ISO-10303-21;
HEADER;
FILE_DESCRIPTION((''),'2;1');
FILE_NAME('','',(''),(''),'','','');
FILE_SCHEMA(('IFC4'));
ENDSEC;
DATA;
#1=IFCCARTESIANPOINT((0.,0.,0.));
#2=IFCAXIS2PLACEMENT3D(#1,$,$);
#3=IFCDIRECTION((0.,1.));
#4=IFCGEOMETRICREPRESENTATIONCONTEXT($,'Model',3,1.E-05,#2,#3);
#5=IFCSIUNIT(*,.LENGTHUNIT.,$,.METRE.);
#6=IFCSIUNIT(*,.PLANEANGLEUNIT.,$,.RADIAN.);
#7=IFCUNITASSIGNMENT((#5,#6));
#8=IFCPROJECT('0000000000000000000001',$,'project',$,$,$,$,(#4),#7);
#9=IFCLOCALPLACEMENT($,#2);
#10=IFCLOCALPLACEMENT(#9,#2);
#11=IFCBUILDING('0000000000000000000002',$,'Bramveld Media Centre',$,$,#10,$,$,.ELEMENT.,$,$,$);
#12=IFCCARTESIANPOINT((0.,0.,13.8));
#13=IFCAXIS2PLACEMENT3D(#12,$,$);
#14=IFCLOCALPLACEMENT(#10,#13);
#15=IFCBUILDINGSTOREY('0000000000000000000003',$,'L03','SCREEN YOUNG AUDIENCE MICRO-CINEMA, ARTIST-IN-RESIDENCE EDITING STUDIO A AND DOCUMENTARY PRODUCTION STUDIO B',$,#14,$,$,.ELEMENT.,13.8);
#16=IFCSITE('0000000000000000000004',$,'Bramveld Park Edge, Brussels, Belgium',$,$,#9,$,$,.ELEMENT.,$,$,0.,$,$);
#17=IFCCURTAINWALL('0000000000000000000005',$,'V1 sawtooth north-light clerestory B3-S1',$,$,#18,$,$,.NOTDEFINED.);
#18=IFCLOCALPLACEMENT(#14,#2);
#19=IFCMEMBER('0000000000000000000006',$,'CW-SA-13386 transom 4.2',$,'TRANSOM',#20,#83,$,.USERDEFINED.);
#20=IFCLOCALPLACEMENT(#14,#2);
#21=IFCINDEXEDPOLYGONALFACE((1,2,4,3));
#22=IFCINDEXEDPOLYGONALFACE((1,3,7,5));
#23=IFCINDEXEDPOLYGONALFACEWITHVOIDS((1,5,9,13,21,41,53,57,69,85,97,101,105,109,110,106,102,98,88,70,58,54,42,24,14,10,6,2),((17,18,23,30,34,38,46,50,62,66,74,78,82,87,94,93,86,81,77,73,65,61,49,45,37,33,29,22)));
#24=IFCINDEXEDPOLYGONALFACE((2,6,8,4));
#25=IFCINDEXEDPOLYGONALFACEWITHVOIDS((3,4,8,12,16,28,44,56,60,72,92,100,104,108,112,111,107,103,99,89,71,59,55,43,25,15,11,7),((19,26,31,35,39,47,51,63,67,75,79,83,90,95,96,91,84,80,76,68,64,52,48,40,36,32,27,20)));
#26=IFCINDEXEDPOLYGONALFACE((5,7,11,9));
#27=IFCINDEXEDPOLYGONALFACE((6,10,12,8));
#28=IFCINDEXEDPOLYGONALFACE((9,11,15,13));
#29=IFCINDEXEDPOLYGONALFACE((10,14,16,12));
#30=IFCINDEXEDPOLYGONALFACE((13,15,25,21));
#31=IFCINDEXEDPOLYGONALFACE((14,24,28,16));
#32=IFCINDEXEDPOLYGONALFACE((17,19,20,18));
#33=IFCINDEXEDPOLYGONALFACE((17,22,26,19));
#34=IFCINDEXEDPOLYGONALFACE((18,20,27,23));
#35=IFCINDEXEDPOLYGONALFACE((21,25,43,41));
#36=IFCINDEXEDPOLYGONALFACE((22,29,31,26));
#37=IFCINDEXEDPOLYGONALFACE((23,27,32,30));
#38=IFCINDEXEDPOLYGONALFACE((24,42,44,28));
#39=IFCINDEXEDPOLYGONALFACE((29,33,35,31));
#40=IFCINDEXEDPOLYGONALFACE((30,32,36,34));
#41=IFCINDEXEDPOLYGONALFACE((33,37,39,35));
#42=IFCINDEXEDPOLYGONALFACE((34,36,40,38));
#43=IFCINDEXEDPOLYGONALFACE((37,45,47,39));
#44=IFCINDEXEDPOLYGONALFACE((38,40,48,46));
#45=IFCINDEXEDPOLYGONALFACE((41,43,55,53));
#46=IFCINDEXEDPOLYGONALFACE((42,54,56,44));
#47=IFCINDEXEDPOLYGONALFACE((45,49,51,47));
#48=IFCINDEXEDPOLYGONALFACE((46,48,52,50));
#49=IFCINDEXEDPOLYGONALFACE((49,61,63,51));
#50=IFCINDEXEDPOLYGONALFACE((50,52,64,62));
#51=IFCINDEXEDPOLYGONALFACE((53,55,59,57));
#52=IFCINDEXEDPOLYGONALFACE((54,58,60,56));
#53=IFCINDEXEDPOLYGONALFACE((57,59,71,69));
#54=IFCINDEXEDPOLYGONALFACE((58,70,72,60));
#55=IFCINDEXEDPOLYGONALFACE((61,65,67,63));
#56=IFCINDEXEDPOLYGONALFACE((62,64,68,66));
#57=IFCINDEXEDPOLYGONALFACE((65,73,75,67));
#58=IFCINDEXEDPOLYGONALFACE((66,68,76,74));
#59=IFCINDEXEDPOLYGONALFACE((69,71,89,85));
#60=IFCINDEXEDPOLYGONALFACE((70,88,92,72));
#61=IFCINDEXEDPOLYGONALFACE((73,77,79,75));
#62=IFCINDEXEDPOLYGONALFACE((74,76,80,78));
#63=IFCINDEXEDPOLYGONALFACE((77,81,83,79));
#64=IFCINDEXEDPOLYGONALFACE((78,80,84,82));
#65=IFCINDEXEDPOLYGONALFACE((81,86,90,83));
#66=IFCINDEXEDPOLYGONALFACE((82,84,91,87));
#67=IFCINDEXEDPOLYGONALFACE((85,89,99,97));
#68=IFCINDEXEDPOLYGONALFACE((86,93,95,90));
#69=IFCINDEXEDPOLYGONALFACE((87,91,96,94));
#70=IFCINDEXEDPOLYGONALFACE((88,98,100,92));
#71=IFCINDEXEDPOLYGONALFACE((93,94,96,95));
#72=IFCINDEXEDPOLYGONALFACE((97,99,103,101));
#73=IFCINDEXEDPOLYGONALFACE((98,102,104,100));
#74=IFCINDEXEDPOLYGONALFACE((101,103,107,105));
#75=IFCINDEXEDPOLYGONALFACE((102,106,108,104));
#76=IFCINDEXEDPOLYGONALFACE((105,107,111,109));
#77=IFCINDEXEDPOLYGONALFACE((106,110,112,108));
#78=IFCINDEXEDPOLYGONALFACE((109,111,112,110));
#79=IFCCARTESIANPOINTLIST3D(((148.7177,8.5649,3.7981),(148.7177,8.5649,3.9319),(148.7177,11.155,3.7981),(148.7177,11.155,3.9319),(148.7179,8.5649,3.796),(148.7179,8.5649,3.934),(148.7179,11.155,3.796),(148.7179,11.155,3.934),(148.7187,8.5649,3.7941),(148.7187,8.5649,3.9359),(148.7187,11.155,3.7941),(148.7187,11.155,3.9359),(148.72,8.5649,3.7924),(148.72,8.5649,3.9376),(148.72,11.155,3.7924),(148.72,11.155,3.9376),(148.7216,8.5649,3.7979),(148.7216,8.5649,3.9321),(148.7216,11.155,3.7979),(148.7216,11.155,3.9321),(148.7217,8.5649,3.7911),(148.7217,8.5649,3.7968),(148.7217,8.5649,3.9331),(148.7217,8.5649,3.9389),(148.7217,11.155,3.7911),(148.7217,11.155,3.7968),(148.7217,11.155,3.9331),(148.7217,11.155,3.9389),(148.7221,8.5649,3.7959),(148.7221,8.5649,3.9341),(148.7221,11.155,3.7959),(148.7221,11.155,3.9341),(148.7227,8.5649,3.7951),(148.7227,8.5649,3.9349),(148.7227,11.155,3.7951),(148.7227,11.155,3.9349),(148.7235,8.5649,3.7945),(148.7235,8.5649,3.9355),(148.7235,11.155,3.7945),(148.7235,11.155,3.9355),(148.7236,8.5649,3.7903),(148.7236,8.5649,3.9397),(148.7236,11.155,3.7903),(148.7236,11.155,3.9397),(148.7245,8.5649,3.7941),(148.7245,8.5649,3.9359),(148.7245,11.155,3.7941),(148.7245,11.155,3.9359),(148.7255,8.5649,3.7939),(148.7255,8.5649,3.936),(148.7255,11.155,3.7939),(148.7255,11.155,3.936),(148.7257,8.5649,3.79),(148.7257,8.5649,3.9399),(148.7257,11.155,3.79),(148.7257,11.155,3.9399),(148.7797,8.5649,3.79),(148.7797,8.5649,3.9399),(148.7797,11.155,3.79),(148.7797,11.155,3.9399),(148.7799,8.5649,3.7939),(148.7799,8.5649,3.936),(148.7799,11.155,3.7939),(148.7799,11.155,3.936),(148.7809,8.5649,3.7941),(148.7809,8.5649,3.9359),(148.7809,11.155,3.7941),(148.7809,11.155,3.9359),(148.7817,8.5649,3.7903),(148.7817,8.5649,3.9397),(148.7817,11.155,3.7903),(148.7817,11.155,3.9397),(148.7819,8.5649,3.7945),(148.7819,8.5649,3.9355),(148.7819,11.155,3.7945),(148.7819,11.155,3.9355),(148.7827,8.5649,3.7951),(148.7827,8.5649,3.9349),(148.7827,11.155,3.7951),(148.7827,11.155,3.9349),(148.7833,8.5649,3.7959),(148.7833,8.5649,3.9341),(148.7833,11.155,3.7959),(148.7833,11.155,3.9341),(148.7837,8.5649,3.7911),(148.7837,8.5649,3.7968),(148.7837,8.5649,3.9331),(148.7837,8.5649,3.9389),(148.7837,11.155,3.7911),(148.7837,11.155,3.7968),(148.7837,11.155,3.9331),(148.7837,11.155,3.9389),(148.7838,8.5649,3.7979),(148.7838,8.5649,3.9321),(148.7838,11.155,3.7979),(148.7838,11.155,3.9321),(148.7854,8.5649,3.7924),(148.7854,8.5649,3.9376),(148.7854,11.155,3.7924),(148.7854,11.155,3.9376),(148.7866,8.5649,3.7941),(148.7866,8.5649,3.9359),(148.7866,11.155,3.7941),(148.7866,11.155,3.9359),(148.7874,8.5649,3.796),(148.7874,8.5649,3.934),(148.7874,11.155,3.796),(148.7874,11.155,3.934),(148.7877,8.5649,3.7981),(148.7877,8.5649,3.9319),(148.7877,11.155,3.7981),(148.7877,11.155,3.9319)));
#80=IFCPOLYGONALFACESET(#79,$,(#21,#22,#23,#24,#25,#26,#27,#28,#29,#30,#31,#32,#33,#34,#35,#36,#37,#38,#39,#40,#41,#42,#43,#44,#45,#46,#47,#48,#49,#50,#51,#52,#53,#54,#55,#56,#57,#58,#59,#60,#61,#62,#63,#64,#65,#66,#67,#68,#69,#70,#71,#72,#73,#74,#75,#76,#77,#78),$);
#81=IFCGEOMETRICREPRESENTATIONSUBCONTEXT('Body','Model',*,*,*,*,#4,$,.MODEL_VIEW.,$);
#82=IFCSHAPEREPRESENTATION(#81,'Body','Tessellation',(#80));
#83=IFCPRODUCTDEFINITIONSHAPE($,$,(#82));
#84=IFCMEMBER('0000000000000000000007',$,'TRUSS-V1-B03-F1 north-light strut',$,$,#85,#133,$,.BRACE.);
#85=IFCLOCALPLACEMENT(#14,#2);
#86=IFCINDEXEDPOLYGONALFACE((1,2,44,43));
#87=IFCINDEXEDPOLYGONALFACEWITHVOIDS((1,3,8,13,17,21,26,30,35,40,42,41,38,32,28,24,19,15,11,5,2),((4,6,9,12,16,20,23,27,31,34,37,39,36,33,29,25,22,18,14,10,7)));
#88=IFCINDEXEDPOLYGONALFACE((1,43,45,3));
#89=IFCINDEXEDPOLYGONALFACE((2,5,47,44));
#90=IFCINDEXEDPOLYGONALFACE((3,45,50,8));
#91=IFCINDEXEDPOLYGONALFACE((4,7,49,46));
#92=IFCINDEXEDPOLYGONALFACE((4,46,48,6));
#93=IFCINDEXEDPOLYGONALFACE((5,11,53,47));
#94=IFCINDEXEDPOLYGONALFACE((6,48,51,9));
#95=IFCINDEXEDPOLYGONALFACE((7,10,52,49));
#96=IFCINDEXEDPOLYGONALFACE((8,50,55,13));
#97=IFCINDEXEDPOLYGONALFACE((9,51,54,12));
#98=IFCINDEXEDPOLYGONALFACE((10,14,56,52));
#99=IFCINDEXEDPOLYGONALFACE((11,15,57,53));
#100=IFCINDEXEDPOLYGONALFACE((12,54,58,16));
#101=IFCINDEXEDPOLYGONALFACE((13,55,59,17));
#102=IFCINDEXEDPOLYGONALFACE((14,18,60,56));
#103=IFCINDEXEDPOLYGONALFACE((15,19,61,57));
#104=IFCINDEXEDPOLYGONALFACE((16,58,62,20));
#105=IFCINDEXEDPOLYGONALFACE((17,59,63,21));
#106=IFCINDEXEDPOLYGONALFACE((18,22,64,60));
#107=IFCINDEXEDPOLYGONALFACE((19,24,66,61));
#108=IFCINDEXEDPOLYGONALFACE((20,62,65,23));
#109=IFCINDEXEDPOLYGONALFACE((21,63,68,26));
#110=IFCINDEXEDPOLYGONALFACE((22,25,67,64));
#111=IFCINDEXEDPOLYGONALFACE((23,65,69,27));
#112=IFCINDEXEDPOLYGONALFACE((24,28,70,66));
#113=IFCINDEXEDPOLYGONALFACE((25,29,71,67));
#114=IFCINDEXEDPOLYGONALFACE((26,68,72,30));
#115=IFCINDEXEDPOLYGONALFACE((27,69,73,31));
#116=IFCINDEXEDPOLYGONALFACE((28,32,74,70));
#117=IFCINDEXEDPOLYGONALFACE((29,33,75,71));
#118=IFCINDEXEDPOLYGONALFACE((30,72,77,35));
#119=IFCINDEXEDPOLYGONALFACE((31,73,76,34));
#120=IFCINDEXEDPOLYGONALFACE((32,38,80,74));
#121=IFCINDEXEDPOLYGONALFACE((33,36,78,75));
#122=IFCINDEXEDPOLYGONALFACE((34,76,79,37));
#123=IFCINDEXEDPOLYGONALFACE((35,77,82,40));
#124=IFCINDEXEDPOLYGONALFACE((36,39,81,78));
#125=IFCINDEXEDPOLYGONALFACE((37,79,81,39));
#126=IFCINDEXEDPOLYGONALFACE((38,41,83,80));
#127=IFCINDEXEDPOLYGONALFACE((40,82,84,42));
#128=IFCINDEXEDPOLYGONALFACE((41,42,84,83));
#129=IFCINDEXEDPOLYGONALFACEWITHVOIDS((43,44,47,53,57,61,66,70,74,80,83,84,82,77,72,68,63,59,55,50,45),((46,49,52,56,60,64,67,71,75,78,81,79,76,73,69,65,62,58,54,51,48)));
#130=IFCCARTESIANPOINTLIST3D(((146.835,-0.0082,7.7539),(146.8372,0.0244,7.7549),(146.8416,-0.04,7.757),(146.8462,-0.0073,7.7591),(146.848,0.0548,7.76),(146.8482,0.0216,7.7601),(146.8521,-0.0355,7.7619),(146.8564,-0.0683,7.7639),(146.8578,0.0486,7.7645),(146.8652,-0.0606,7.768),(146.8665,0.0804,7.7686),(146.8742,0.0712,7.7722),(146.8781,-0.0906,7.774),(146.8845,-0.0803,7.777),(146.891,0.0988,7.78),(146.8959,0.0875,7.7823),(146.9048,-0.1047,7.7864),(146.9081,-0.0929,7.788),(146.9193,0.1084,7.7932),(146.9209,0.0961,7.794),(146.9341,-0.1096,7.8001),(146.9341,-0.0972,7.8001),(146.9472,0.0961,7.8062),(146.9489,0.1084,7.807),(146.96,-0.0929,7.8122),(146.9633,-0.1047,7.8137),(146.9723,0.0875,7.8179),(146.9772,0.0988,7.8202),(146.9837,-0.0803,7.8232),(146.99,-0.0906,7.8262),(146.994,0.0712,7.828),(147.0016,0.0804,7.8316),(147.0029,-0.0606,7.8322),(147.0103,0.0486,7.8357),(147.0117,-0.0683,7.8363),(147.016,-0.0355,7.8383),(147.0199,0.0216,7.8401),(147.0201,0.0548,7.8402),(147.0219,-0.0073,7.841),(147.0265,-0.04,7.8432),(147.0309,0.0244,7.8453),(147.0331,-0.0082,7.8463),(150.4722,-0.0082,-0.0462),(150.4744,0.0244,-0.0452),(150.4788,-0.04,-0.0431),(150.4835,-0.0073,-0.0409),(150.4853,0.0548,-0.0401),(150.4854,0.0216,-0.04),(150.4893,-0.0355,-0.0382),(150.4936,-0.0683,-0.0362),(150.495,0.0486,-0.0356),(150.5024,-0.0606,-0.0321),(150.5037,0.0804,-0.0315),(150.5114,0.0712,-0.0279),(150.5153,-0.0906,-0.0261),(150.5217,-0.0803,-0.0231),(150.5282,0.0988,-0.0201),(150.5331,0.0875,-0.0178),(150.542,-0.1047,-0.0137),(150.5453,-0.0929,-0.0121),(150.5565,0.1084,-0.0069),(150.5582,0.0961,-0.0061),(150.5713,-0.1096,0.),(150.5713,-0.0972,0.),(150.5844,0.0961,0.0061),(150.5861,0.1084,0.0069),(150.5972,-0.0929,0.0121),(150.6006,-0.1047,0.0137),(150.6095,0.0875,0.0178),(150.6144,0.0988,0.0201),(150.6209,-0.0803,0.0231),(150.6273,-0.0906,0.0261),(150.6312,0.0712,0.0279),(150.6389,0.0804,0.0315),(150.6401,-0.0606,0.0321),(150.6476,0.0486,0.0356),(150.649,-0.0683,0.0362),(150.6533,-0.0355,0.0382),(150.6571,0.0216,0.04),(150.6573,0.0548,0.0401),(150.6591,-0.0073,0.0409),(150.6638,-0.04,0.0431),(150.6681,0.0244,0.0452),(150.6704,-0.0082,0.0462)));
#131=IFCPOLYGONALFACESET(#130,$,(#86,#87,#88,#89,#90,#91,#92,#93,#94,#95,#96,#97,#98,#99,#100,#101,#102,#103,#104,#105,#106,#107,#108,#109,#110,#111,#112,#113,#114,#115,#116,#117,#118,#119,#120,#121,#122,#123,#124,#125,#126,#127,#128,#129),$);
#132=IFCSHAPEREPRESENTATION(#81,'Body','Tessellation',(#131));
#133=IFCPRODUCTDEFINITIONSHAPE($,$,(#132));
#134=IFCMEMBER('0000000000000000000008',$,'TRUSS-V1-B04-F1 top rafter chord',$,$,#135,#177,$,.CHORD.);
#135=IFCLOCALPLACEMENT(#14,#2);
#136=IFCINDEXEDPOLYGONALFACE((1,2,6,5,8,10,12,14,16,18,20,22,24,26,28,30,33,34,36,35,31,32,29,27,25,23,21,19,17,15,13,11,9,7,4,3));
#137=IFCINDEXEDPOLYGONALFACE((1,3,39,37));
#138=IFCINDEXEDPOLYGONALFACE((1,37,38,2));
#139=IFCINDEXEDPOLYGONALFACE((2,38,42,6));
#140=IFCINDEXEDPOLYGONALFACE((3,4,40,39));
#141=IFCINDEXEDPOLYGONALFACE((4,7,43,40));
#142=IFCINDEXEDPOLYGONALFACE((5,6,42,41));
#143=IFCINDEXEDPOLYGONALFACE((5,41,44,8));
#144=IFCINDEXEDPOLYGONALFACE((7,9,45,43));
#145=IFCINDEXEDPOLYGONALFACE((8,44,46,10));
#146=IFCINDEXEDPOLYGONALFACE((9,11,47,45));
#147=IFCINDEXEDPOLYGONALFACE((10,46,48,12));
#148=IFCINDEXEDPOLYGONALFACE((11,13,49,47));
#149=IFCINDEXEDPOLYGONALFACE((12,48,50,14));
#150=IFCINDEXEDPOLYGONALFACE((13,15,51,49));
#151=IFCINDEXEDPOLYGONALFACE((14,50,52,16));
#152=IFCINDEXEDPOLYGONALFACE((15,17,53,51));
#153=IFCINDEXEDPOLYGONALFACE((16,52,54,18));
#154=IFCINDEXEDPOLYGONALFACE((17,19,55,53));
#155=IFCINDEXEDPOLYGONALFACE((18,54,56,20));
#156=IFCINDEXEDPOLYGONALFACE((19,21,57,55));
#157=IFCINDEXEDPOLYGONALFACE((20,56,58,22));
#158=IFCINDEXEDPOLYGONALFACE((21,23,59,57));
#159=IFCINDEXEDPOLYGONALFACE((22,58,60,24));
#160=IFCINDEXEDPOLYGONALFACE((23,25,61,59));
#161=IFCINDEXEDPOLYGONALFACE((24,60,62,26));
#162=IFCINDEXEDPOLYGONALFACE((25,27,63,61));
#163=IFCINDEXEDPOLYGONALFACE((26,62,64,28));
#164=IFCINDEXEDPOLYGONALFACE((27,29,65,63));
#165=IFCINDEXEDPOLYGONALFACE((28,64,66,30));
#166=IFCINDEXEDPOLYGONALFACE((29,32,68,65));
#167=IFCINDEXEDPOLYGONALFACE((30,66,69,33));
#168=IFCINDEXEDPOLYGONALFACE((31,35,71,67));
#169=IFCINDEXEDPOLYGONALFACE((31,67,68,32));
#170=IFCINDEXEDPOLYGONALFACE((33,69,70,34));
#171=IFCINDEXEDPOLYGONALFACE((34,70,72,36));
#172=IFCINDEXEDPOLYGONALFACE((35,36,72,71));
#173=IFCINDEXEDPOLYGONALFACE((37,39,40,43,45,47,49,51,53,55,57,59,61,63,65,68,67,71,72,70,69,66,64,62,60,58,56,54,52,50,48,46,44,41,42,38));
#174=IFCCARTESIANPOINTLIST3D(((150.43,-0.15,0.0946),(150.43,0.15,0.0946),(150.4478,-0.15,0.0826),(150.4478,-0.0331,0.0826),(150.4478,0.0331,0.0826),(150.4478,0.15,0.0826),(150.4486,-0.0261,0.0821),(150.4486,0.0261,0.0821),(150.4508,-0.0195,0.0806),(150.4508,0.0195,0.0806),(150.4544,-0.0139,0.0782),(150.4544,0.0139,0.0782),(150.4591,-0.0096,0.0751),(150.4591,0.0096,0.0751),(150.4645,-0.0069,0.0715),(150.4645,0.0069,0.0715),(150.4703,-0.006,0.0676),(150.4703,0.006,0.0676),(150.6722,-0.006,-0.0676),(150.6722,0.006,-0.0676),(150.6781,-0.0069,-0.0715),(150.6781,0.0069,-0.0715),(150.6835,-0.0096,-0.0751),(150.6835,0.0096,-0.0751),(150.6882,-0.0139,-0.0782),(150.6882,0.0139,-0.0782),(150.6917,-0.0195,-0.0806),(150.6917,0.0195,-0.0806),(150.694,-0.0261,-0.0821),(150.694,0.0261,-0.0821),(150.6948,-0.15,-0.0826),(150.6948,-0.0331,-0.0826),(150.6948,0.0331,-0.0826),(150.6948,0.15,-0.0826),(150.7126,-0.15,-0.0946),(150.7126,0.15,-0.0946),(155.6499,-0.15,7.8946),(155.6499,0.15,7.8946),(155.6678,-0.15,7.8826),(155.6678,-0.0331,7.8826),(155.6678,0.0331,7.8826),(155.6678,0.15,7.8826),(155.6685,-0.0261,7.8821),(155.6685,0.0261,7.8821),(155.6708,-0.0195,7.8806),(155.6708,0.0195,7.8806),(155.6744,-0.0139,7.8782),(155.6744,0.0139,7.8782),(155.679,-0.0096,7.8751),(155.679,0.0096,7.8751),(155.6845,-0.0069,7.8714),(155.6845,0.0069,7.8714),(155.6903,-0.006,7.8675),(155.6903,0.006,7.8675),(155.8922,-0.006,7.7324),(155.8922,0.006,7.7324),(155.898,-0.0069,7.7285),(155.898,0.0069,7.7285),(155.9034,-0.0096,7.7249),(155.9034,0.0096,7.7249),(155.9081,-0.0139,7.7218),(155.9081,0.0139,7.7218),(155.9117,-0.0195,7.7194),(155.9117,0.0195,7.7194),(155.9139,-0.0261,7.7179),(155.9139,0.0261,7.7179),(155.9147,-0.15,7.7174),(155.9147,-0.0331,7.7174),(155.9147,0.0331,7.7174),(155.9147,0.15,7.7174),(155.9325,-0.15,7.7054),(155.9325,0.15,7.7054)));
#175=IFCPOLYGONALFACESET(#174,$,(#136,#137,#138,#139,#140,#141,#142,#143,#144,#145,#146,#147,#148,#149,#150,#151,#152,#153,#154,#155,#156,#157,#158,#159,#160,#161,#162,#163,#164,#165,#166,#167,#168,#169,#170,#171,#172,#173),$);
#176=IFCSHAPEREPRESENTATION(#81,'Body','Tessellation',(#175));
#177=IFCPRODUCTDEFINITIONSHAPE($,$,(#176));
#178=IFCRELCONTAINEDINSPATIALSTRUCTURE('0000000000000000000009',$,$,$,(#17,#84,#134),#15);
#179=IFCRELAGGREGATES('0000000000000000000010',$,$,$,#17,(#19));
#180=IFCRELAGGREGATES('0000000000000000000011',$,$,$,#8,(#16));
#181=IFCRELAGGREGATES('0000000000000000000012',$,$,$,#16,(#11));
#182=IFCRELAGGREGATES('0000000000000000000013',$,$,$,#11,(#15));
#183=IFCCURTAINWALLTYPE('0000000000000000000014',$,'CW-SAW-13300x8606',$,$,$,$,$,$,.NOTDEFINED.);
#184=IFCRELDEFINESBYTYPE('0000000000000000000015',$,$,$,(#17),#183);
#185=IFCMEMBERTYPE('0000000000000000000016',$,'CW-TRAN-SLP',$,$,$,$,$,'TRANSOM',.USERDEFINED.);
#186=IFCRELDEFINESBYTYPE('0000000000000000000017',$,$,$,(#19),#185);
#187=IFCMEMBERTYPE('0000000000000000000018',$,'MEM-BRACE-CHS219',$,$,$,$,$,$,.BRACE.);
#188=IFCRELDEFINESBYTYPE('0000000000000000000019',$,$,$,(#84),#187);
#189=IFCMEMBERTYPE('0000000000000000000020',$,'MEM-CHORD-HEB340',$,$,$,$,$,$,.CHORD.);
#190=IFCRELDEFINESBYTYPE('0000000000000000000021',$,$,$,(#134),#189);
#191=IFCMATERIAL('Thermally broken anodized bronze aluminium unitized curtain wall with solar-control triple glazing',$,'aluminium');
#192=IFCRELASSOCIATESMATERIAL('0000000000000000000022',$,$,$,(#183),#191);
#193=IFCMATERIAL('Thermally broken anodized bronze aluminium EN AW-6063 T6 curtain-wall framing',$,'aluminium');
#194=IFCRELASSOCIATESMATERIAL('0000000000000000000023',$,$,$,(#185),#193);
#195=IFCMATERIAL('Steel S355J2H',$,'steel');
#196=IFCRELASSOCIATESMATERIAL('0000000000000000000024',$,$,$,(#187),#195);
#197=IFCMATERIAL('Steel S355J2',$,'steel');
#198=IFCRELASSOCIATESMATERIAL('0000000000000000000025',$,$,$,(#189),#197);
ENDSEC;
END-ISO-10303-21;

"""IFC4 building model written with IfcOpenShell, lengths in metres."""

from ifc_helpers import new_model, si_unit, direction, frame, origin, origin_2d, place, context, subcontext, project, spatial, hollow_rectangle, hollow_circle, i_section, extrude, material, material_profile, profile_set, type_object, element, aggregate, save


model = new_model("IFC4")

# Units and contexts
model_context = context("Model", 3, precision=1e-05, world=origin(), true_north=direction((0.0, 1.0)))
body_context = subcontext(model_context, "Body", "Model", "MODEL_VIEW")
ifc_project = project(units=[si_unit("LENGTHUNIT", "METRE"), si_unit("PLANEANGLEUNIT", "RADIAN")], contexts=[model_context])

# Site, building, storey
site_placement = place(None, origin())
site = spatial("IfcSite", under=ifc_project, at=site_placement, Name="Bramveld Park Edge, Brussels, Belgium", CompositionType="ELEMENT", RefElevation=0.0)
building_placement = place(site_placement, origin())
building = spatial("IfcBuilding", under=site, at=building_placement, Name="Bramveld Media Centre", CompositionType="ELEMENT")
storey_placement = place(building_placement, frame((0.0, 0.0, 13.8)))
storey = spatial("IfcBuildingStorey", under=building, at=storey_placement, Name="L03", Description="SCREEN YOUNG AUDIENCE MICRO-CINEMA, ARTIST-IN-RESIDENCE EDITING STUDIO A AND DOCUMENTARY PRODUCTION STUDIO B", CompositionType="ELEMENT", Elevation=13.8)

# Curtain wall, member
ifc_material_1 = material(Name="Thermally broken anodized bronze aluminium unitized curtain wall with solar-control triple glazing", Category="aluminium")
curtain_wall_type = type_object("IfcCurtainWallType", Name="CW-SAW-13300x8606", PredefinedType="NOTDEFINED", material=ifc_material_1)
curtain_wall_placement = place(storey_placement, origin())
curtain_wall = element("IfcCurtainWall", 1, at=curtain_wall_placement, inside=storey, type_object=curtain_wall_type, Name="V1 sawtooth north-light clerestory B3-S1", PredefinedType="NOTDEFINED")
ifc_material_2 = material(Name="Thermally broken anodized bronze aluminium EN AW-6063 T6 curtain-wall framing", Category="aluminium")
ifc_material_profile_1 = material_profile(ifc_material_2, hollow_rectangle(XDim=0.0701, YDim=0.1499, WallThickness=0.0039, InnerFilletRadius=0.0039, OuterFilletRadius=0.0081, at=origin_2d()), Name="AL-TRAN 70x150")
ifc_profile_set_1 = profile_set([ifc_material_profile_1], Name="Thermally broken anodized bronze aluminium EN AW-6063 T6 curtain-wall framing")
member_type_1 = type_object("IfcMemberType", Name="CW-TRAN-SLP", ElementType="TRANSOM", PredefinedType="USERDEFINED", material=ifc_profile_set_1)
member_1_placement = place(storey_placement, frame((148.7527, 8.5649, 3.865), z_axis=(0.0, 1.0, 0.0), x_axis=(-1.0, 0.0, 0.0)))
member_1 = element("IfcMember", 2, at=member_1_placement, type_object=member_type_1, Name="CW-SA-13386 transom 4.2", ObjectType="TRANSOM", PredefinedType="USERDEFINED", context=body_context, shape_type="SweptSolid", body=[
    extrude(hollow_rectangle(XDim=0.0701, YDim=0.1499, WallThickness=0.0039, InnerFilletRadius=0.0039, OuterFilletRadius=0.0081, at=origin_2d()), origin(), (0.0, 0.0, 1.0), 2.5901),
])

# Members
ifc_material_3 = material(Name="Steel S355J2H", Category="steel")
ifc_material_profile_2 = material_profile(ifc_material_3, hollow_circle(Radius=0.1096, WallThickness=0.0125, at=origin_2d()), Name="CHS 219.1x12.5")
ifc_profile_set_2 = profile_set([ifc_material_profile_2], Name="Steel S355J2H")
member_type_2 = type_object("IfcMemberType", Name="MEM-BRACE-CHS219", PredefinedType="BRACE", material=ifc_profile_set_2)
member_2_placement = place(storey_placement, frame((150.5713, 0.0, 0.0), z_axis=(-0.422617, 0.0, 0.906308), x_axis=(0.0, -1.0, 0.0)))
element("IfcMember", 3, at=member_2_placement, inside=storey, type_object=member_type_2, Name="TRUSS-V1-B03-F1 north-light strut", PredefinedType="BRACE", context=body_context, shape_type="SweptSolid", body=[
    extrude(hollow_circle(Radius=0.1096, WallThickness=0.0125, at=origin_2d()), origin(), (0.0, 0.0, 1.0), 8.6064),
])
ifc_material_4 = material(Name="Steel S355J2", Category="steel")
ifc_material_profile_3 = material_profile(ifc_material_4, i_section(OverallWidth=0.3, OverallDepth=0.3401, WebThickness=0.012, FlangeThickness=0.0215, FilletRadius=0.0271, at=origin_2d()), Name="HEB 340")
ifc_profile_set_3 = profile_set([ifc_material_profile_3], Name="Steel S355J2")
member_type_3 = type_object("IfcMemberType", Name="MEM-CHORD-HEB340", PredefinedType="CHORD", material=ifc_profile_set_3)
member_3_placement = place(storey_placement, frame((150.5713, 0.0, 0.0), z_axis=(0.55617, 0.0, 0.831069), x_axis=(0.0, 1.0, 0.0)))
element("IfcMember", 4, at=member_3_placement, inside=storey, type_object=member_type_3, Name="TRUSS-V1-B04-F1 top rafter chord", PredefinedType="CHORD", context=body_context, shape_type="SweptSolid", body=[
    extrude(i_section(OverallWidth=0.3, OverallDepth=0.3401, WebThickness=0.012, FlangeThickness=0.0215, FilletRadius=0.0271, at=origin_2d()), origin(), (0.0, 0.0, 1.0), 9.3855),
])

aggregate(curtain_wall, [member_1])

save(model, "model.ifc")
